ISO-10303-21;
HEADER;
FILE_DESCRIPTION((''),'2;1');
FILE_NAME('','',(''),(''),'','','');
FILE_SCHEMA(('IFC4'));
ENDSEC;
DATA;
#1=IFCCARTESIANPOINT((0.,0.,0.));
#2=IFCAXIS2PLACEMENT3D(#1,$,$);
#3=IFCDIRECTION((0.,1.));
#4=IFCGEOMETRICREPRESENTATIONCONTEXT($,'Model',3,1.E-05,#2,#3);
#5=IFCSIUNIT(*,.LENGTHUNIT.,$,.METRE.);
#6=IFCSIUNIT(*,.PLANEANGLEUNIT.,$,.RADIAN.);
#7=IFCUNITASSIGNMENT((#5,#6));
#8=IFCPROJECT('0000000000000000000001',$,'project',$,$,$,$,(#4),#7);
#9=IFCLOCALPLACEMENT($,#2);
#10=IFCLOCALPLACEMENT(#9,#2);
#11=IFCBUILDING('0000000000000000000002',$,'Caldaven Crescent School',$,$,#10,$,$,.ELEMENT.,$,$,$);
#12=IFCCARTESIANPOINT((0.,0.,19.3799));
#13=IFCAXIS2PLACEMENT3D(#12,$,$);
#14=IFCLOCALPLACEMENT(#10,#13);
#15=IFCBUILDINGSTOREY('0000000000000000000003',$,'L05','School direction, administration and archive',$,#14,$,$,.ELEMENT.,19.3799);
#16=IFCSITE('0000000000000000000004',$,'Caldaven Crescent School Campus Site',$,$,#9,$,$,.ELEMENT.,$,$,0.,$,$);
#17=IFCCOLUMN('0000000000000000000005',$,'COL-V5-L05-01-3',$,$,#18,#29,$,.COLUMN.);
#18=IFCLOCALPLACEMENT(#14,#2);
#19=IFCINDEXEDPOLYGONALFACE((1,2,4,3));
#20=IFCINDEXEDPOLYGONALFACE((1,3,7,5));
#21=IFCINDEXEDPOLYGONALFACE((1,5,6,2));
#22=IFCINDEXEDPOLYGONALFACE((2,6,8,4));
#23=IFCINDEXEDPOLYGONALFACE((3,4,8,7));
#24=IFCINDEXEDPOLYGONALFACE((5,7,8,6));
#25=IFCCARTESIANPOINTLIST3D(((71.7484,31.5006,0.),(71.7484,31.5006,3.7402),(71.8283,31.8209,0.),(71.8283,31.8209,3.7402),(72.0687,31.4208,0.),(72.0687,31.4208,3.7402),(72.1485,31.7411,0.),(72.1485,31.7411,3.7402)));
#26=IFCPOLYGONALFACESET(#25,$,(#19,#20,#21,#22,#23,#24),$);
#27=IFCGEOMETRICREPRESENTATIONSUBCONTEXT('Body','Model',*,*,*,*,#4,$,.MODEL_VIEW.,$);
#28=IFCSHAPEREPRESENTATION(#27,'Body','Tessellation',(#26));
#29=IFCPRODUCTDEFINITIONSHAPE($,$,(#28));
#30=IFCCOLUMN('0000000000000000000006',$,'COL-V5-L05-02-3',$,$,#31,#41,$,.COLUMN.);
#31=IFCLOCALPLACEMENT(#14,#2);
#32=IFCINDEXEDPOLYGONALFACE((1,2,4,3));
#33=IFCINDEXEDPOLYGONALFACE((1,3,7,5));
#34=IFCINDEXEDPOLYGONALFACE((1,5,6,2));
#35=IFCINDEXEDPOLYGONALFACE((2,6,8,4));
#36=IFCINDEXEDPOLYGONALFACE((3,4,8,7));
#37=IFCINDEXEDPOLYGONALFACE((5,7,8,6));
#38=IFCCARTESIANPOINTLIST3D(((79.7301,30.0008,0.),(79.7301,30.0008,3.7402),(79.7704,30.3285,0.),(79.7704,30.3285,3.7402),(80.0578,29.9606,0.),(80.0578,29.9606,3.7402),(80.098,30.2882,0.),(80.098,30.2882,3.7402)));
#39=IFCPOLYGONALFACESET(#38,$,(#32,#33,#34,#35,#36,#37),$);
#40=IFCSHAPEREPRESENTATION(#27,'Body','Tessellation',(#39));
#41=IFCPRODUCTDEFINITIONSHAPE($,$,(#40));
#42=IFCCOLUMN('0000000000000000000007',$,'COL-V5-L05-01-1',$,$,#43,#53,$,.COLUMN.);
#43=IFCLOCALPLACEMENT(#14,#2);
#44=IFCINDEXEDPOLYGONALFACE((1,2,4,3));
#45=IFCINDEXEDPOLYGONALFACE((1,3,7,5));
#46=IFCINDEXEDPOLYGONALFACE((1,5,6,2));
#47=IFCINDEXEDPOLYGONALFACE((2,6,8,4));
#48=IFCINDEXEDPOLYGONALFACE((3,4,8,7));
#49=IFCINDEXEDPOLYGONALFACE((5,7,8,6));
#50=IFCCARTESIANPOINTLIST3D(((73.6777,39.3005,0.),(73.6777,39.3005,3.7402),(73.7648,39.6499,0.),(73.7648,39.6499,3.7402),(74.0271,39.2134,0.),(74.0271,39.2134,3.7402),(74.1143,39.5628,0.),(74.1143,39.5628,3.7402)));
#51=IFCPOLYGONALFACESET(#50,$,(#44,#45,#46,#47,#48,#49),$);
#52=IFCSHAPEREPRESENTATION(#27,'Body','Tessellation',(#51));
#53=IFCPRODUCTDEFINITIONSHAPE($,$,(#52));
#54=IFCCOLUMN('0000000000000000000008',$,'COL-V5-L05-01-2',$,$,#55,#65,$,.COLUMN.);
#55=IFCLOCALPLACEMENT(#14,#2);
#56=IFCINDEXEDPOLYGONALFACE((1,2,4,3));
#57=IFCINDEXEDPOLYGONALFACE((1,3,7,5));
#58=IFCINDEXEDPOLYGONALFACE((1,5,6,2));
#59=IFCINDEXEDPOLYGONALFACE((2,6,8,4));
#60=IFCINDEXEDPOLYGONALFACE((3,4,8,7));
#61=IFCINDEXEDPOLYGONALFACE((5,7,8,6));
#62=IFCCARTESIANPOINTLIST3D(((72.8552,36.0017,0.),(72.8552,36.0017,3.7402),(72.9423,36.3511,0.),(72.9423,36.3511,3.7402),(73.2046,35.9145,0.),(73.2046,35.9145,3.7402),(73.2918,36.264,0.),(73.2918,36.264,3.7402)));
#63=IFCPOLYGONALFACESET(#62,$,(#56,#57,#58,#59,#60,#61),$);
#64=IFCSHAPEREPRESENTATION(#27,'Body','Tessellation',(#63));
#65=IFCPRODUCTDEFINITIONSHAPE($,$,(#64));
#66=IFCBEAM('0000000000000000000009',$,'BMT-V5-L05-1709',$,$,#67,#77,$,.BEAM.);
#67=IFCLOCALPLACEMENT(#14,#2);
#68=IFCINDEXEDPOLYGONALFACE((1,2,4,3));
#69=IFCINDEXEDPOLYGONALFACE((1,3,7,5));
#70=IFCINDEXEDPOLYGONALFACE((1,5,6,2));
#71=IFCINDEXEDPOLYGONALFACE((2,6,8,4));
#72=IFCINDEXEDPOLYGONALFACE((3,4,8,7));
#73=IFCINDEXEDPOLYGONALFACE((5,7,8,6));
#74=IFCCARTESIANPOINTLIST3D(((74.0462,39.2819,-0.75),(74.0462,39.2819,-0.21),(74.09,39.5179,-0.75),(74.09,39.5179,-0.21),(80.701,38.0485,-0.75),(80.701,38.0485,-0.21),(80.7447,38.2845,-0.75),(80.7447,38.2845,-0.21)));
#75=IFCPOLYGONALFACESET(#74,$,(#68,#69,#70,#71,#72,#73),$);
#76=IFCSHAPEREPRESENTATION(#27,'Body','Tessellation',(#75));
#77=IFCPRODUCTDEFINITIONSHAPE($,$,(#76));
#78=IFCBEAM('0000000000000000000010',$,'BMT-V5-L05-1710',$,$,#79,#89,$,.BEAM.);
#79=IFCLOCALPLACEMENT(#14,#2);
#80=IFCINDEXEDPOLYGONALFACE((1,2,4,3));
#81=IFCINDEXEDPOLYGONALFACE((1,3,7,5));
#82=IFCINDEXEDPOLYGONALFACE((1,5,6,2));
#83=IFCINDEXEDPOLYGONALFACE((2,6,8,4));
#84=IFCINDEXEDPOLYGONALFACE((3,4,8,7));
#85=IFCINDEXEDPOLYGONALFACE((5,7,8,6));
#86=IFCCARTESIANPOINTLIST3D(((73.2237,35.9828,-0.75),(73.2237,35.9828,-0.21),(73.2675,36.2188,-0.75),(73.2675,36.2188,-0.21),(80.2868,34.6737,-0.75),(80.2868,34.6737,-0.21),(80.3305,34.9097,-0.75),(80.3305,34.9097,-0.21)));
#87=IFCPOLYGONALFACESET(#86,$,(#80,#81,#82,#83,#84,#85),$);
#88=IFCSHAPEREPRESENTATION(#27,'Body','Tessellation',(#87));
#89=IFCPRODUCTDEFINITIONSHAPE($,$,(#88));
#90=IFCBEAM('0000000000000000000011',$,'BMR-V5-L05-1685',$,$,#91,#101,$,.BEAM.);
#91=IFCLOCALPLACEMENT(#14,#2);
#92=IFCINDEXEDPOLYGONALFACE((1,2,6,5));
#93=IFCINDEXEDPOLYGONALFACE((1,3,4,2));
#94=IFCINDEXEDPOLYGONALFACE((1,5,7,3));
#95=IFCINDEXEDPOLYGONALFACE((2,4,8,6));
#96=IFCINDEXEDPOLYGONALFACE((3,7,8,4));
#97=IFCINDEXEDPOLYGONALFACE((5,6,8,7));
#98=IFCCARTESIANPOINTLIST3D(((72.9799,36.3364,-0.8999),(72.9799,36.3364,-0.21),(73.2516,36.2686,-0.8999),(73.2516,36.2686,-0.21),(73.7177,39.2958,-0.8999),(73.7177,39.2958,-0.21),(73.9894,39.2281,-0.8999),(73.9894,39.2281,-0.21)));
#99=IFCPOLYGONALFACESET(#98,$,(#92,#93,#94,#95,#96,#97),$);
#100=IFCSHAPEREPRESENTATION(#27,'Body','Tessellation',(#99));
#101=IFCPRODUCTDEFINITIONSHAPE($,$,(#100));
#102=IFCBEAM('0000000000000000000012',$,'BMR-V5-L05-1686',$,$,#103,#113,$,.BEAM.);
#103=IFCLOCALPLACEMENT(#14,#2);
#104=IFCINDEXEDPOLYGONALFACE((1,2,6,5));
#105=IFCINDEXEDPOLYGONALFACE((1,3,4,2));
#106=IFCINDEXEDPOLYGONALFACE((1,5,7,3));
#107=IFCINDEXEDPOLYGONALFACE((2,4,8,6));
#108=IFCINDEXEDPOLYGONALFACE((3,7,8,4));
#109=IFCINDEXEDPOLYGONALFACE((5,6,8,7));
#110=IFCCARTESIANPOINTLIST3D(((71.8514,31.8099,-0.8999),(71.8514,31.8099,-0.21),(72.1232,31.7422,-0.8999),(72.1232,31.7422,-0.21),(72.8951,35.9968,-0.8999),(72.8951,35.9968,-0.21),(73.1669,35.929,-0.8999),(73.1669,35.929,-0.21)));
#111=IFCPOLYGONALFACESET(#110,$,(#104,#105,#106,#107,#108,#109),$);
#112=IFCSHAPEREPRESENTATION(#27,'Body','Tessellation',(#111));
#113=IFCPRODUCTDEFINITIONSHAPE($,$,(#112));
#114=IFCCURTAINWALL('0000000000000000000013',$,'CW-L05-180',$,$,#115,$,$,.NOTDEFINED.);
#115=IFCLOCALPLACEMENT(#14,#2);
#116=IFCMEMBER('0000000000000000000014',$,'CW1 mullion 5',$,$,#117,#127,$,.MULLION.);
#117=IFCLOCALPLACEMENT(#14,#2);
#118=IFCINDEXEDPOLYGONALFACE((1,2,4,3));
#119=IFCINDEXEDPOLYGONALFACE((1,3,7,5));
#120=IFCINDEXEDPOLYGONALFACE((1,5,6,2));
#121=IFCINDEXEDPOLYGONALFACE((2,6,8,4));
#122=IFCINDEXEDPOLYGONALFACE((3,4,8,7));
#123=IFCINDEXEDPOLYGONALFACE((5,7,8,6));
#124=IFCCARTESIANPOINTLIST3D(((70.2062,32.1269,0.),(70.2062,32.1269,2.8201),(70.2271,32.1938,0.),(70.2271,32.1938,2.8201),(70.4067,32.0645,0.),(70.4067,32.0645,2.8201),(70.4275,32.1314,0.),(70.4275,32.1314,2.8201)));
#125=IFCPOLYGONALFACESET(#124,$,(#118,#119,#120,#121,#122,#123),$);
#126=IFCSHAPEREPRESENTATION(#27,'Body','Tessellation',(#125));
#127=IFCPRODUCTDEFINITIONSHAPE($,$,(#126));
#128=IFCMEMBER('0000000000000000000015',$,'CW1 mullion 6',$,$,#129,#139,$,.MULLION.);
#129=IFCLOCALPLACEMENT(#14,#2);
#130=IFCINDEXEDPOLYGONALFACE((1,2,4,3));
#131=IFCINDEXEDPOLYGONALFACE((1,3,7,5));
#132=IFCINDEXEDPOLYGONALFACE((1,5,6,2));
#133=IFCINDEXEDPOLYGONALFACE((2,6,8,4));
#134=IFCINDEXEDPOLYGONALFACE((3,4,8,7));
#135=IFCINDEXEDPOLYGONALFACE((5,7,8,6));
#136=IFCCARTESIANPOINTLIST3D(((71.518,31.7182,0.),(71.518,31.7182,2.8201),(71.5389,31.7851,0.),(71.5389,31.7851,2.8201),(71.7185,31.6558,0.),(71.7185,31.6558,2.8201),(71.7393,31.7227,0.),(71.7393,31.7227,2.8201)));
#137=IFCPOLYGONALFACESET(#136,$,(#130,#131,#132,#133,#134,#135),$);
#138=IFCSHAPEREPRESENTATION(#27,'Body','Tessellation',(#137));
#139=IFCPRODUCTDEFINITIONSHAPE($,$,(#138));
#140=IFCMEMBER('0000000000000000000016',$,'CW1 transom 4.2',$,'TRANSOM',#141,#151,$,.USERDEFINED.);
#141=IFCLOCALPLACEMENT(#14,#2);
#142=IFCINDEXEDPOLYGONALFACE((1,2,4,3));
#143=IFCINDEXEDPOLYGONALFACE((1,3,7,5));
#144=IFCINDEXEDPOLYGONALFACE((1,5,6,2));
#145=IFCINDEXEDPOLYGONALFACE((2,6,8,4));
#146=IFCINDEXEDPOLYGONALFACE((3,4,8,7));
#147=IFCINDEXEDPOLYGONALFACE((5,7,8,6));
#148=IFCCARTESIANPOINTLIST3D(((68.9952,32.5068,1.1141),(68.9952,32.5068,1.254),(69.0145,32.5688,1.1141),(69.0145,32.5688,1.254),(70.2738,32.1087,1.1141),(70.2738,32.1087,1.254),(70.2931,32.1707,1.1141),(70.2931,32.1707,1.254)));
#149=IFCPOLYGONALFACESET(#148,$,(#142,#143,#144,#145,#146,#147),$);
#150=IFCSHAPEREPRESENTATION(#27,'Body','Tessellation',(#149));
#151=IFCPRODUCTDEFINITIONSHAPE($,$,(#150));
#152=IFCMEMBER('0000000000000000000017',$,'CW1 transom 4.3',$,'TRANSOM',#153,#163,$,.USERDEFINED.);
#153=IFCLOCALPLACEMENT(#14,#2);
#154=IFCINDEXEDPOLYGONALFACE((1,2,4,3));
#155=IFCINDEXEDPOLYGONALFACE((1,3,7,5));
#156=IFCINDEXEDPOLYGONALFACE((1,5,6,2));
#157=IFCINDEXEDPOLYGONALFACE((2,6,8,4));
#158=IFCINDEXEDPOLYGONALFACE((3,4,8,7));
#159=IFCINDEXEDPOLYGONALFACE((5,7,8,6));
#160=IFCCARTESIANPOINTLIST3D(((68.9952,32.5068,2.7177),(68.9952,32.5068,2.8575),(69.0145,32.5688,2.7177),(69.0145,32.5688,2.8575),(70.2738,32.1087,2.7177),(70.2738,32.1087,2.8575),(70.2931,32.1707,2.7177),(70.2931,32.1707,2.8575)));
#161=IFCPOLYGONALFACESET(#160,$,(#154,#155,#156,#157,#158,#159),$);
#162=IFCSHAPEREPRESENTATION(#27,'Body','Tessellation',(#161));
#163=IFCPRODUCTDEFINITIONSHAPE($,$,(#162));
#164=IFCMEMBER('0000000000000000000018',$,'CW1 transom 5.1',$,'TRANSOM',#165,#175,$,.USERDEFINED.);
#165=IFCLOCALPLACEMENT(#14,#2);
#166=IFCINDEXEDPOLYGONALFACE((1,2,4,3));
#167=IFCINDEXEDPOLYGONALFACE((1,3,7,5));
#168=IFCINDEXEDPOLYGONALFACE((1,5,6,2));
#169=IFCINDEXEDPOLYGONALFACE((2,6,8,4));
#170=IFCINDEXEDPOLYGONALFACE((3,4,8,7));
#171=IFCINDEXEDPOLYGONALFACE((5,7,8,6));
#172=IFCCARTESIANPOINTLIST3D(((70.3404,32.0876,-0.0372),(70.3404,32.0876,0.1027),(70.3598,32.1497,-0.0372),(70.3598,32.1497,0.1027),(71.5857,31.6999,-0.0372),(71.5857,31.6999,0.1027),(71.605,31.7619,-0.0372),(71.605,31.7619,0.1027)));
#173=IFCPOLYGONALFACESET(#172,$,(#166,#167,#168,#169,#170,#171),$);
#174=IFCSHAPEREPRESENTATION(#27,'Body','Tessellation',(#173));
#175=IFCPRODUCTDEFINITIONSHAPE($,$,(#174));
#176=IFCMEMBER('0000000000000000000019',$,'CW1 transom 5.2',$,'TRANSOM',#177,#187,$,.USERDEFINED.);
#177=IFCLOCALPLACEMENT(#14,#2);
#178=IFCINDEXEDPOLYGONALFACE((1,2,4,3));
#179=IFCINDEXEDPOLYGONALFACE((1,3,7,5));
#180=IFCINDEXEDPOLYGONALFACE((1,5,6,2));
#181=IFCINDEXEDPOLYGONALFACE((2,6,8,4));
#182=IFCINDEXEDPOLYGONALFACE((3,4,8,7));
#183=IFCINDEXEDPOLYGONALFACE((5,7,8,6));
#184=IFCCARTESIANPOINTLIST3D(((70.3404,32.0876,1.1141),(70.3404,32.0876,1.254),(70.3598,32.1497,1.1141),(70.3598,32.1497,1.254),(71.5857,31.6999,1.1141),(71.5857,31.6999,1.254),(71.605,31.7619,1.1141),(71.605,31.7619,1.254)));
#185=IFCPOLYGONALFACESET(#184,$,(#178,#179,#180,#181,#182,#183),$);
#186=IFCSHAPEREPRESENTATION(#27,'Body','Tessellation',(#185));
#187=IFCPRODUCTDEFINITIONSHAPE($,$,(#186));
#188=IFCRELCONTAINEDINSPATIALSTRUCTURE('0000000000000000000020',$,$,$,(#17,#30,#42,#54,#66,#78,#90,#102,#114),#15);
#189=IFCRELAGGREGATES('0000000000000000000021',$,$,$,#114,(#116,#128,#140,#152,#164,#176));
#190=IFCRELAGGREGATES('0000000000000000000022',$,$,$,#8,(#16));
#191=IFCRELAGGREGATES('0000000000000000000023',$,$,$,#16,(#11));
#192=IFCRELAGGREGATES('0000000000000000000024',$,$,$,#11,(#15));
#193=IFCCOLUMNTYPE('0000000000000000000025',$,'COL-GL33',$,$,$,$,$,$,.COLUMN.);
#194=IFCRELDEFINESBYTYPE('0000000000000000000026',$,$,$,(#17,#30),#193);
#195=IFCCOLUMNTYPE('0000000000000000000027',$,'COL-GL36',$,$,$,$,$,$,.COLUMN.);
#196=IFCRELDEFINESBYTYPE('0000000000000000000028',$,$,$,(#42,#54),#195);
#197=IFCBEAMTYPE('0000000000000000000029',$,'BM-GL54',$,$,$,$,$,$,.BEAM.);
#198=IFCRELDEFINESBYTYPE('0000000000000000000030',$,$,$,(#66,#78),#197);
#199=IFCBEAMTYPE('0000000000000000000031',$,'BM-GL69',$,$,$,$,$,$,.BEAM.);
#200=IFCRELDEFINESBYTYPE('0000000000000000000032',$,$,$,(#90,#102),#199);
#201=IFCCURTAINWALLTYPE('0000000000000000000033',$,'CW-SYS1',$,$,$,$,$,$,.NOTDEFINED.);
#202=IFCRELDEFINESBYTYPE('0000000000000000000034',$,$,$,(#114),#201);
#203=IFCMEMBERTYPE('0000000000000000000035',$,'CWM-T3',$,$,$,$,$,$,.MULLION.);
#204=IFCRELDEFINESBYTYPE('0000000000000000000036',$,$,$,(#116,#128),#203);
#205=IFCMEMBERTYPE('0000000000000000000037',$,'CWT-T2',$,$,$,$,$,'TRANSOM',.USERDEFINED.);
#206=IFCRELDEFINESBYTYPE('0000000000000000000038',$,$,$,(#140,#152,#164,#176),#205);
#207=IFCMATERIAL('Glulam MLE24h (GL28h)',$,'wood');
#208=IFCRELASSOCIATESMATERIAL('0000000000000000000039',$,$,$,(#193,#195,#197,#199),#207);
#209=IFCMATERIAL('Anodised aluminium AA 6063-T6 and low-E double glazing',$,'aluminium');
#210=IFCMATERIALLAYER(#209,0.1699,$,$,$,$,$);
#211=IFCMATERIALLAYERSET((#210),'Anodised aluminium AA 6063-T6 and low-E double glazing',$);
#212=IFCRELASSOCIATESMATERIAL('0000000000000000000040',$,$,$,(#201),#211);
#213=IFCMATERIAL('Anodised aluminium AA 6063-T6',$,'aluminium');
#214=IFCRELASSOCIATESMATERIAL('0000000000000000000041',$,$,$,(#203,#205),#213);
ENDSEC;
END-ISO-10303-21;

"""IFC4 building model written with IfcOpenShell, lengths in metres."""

from ifc_helpers import new_model, si_unit, direction, frame, origin, origin_2d, place, context, subcontext, project, spatial, rectangle, extrude, material, layer, layer_set, material_profile, profile_set, type_object, element, aggregate, save


model = new_model("IFC4")

# Units and contexts
model_context = context("Model", 3, precision=1e-05, world=origin(), true_north=direction((0.0, 1.0)))
body_context = subcontext(model_context, "Body", "Model", "MODEL_VIEW")
ifc_project = project(units=[si_unit("LENGTHUNIT", "METRE"), si_unit("PLANEANGLEUNIT", "RADIAN")], contexts=[model_context])

# Site, building, storey
site_placement = place(None, origin())
site = spatial("IfcSite", under=ifc_project, at=site_placement, Name="Caldaven Crescent School Campus Site", CompositionType="ELEMENT", RefElevation=0.0)
building_placement = place(site_placement, origin())
building = spatial("IfcBuilding", under=site, at=building_placement, Name="Caldaven Crescent School", CompositionType="ELEMENT")
storey_placement = place(building_placement, frame((0.0, 0.0, 19.3799)))
storey = spatial("IfcBuildingStorey", under=building, at=storey_placement, Name="L05", Description="School direction, administration and archive", CompositionType="ELEMENT", Elevation=19.3799)

# Columns
ifc_material_1 = material(Name="Glulam MLE24h (GL28h)", Category="wood")
ifc_material_profile_1 = material_profile(ifc_material_1, rectangle(XDim=0.3301, YDim=0.3301, at=origin_2d()), Name="MLE 330x330")
ifc_profile_set_1 = profile_set([ifc_material_profile_1], Name="Glulam MLE24h (GL28h)")
column_type_1 = type_object("IfcColumnType", Name="COL-GL33", PredefinedType="COLUMN", material=ifc_profile_set_1)
for number, where, z_axis, x_axis, name in (
    (1, (71.9485, 31.6208, 0.0), (0.0, 0.0, 1.0), (-0.241922, -0.970296, 0.0), "COL-V5-L05-01-3"),
    (2, (79.9141, 30.1445, 0.0), (0.0, 0.0, 1.0), (-0.121869, -0.992546, 0.0), "COL-V5-L05-02-3"),
):
    element("IfcColumn", number, at=place(storey_placement, frame(where, z_axis=z_axis, x_axis=x_axis)), inside=storey, type_object=column_type_1, Name=name, PredefinedType="COLUMN", context=body_context, shape_type="SweptSolid", body=[
        extrude(rectangle(XDim=0.3301, YDim=0.3301, at=origin_2d()), origin(), (0.0, 0.0, 1.0), 3.7402),
    ])
ifc_material_profile_2 = material_profile(ifc_material_1, rectangle(XDim=0.3601, YDim=0.3601, at=origin_2d()), Name="MLE 360x360")
ifc_profile_set_2 = profile_set([ifc_material_profile_2], Name="Glulam MLE24h (GL28h)")
column_type_2 = type_object("IfcColumnType", Name="COL-GL36", PredefinedType="COLUMN", material=ifc_profile_set_2)
for number, where, z_axis, x_axis, name in (
    (3, (73.896, 39.4316, 0.0), (0.0, 0.0, 1.0), (-0.241922, -0.970296, 0.0), "COL-V5-L05-01-1"),
    (4, (73.0735, 36.1328, 0.0), (0.0, 0.0, 1.0), (-0.241922, -0.970296, 0.0), "COL-V5-L05-01-2"),
):
    element("IfcColumn", number, at=place(storey_placement, frame(where, z_axis=z_axis, x_axis=x_axis)), inside=storey, type_object=column_type_2, Name=name, PredefinedType="COLUMN", context=body_context, shape_type="SweptSolid", body=[
        extrude(rectangle(XDim=0.3601, YDim=0.3601, at=origin_2d()), origin(), (0.0, 0.0, 1.0), 3.7402),
    ])

# Beams
ifc_material_profile_3 = material_profile(ifc_material_1, rectangle(XDim=0.24, YDim=0.54, at=origin_2d()), Name="MLE 240x540")
ifc_profile_set_3 = profile_set([ifc_material_profile_3], Name="Glulam MLE24h (GL28h)")
beam_type_1 = type_object("IfcBeamType", Name="BM-GL54", PredefinedType="BEAM", material=ifc_profile_set_3)
beam_1_placement = place(storey_placement, frame((74.0681, 39.3999, -0.48), z_axis=(0.983255, -0.182237, 0.0), x_axis=(0.182237, 0.983255, 0.0)))
element("IfcBeam", 5, at=beam_1_placement, inside=storey, type_object=beam_type_1, Name="BMT-V5-L05-1709", PredefinedType="BEAM", context=body_context, shape_type="SweptSolid", body=[
    extrude(rectangle(XDim=0.24, YDim=0.54, at=origin_2d()), origin(), (0.0, 0.0, 1.0), 6.7681),
])
beam_2_placement = place(storey_placement, frame((73.2456, 36.1008, -0.48), z_axis=(0.983254, -0.18224, 0.0), x_axis=(0.18224, 0.983254, 0.0)))
element("IfcBeam", 6, at=beam_2_placement, inside=storey, type_object=beam_type_1, Name="BMT-V5-L05-1710", PredefinedType="BEAM", context=body_context, shape_type="SweptSolid", body=[
    extrude(rectangle(XDim=0.24, YDim=0.54, at=origin_2d()), origin(), (0.0, 0.0, 1.0), 7.1833),
])
ifc_material_profile_4 = material_profile(ifc_material_1, rectangle(XDim=0.28, YDim=0.6899, at=origin_2d()), Name="MLE 280x690")
ifc_profile_set_4 = profile_set([ifc_material_profile_4], Name="Glulam MLE24h (GL28h)")
beam_type_2 = type_object("IfcBeamType", Name="BM-GL69", PredefinedType="BEAM", material=ifc_profile_set_4)
beam_3_placement = place(storey_placement, frame((73.8535, 39.262, -0.5549), z_axis=(-0.241895, -0.970302, 0.0), x_axis=(0.970302, -0.241895, 0.0)))
element("IfcBeam", 7, at=beam_3_placement, inside=storey, type_object=beam_type_2, Name="BMR-V5-L05-1685", PredefinedType="BEAM", context=body_context, shape_type="SweptSolid", body=[
    extrude(rectangle(XDim=0.28, YDim=0.6899, at=origin_2d()), origin(), (0.0, 0.0, 1.0), 3.05),
])
beam_4_placement = place(storey_placement, frame((73.031, 35.9629, -0.5549), z_axis=(-0.241883, -0.970305, 0.0), x_axis=(0.970305, -0.241883, 0.0)))
element("IfcBeam", 8, at=beam_4_placement, inside=storey, type_object=beam_type_2, Name="BMR-V5-L05-1686", PredefinedType="BEAM", context=body_context, shape_type="SweptSolid", body=[
    extrude(rectangle(XDim=0.28, YDim=0.6899, at=origin_2d()), origin(), (0.0, 0.0, 1.0), 4.3149),
])

# Curtain wall, members
ifc_material_2 = material(Name="Anodised aluminium AA 6063-T6 and low-E double glazing", Category="aluminium")
ifc_layer_1 = layer(ifc_material_2, 0.1699)
ifc_layer_set_1 = layer_set([ifc_layer_1], Name="Anodised aluminium AA 6063-T6 and low-E double glazing")
curtain_wall_type = type_object("IfcCurtainWallType", Name="CW-SYS1", PredefinedType="NOTDEFINED", material=ifc_layer_set_1)
curtain_wall_placement = place(storey_placement, origin())
curtain_wall = element("IfcCurtainWall", 9, at=curtain_wall_placement, inside=storey, type_object=curtain_wall_type, Name="CW-L05-180", PredefinedType="NOTDEFINED")
ifc_material_3 = material(Name="Anodised aluminium AA 6063-T6", Category="aluminium")
ifc_material_profile_5 = material_profile(ifc_material_3, rectangle(XDim=0.0701, YDim=0.21, at=origin_2d()), Name="CWM 70x210")
ifc_profile_set_5 = profile_set([ifc_material_profile_5], Name="Anodised aluminium AA 6063-T6")
member_type_1 = type_object("IfcMemberType", Name="CWM-T3", PredefinedType="MULLION", material=ifc_profile_set_5)
member_1_placement = place(storey_placement, frame((70.3169, 32.1292, 0.0), z_axis=(0.0, 0.0, 1.0), x_axis=(0.297419, 0.954747, 0.0)))
member_1 = element("IfcMember", 10, at=member_1_placement, type_object=member_type_1, Name="CW1 mullion 5", PredefinedType="MULLION", context=body_context, shape_type="SweptSolid", body=[
    extrude(rectangle(XDim=0.0701, YDim=0.21, at=origin_2d()), origin(), (0.0, 0.0, 1.0), 2.8201),
])
member_2_placement = place(storey_placement, frame((71.6287, 31.7205, 0.0), z_axis=(0.0, 0.0, 1.0), x_axis=(0.297419, 0.954747, 0.0)))
member_2 = element("IfcMember", 11, at=member_2_placement, type_object=member_type_1, Name="CW1 mullion 6", PredefinedType="MULLION", context=body_context, shape_type="SweptSolid", body=[
    extrude(rectangle(XDim=0.0701, YDim=0.21, at=origin_2d()), origin(), (0.0, 0.0, 1.0), 2.8201),
])
ifc_material_profile_6 = material_profile(ifc_material_3, rectangle(XDim=0.0649, YDim=0.1399, at=origin_2d()), Name="CWT 65x140")
ifc_profile_set_6 = profile_set([ifc_material_profile_6], Name="Anodised aluminium AA 6063-T6")
member_type_2 = type_object("IfcMemberType", Name="CWT-T2", ElementType="TRANSOM", PredefinedType="USERDEFINED", material=ifc_profile_set_6)
member_3_placement = place(storey_placement, frame((69.0049, 32.5378, 1.1841), z_axis=(0.954768, -0.297351, 0.0), x_axis=(0.297351, 0.954768, 0.0)))
member_3 = element("IfcMember", 12, at=member_3_placement, type_object=member_type_2, Name="CW1 transom 4.2", ObjectType="TRANSOM", PredefinedType="USERDEFINED", context=body_context, shape_type="SweptSolid", body=[
    extrude(rectangle(XDim=0.0649, YDim=0.1399, at=origin_2d()), origin(), (0.0, 0.0, 1.0), 1.3391),
])
member_4_placement = place(storey_placement, frame((69.0049, 32.5378, 2.7876), z_axis=(0.954768, -0.297351, 0.0), x_axis=(0.297351, 0.954768, 0.0)))
member_4 = element("IfcMember", 13, at=member_4_placement, type_object=member_type_2, Name="CW1 transom 4.3", ObjectType="TRANSOM", PredefinedType="USERDEFINED", context=body_context, shape_type="SweptSolid", body=[
    extrude(rectangle(XDim=0.0649, YDim=0.1399, at=origin_2d()), origin(), (0.0, 0.0, 1.0), 1.3391),
])
member_5_placement = place(storey_placement, frame((70.3501, 32.1187, 0.0327), z_axis=(0.954786, -0.297294, 0.0), x_axis=(0.297294, 0.954786, 0.0)))
member_5 = element("IfcMember", 14, at=member_5_placement, type_object=member_type_2, Name="CW1 transom 5.1", ObjectType="TRANSOM", PredefinedType="USERDEFINED", context=body_context, shape_type="SweptSolid", body=[
    extrude(rectangle(XDim=0.0649, YDim=0.1399, at=origin_2d()), origin(), (0.0, 0.0, 1.0), 1.3042),
])
member_6_placement = place(storey_placement, frame((70.3501, 32.1187, 1.1841), z_axis=(0.954786, -0.297294, 0.0), x_axis=(0.297294, 0.954786, 0.0)))
member_6 = element("IfcMember", 15, at=member_6_placement, type_object=member_type_2, Name="CW1 transom 5.2", ObjectType="TRANSOM", PredefinedType="USERDEFINED", context=body_context, shape_type="SweptSolid", body=[
    extrude(rectangle(XDim=0.0649, YDim=0.1399, at=origin_2d()), origin(), (0.0, 0.0, 1.0), 1.3042),
])

aggregate(curtain_wall, [member_1, member_2, member_3, member_4, member_5, member_6])

save(model, "model.ifc")
